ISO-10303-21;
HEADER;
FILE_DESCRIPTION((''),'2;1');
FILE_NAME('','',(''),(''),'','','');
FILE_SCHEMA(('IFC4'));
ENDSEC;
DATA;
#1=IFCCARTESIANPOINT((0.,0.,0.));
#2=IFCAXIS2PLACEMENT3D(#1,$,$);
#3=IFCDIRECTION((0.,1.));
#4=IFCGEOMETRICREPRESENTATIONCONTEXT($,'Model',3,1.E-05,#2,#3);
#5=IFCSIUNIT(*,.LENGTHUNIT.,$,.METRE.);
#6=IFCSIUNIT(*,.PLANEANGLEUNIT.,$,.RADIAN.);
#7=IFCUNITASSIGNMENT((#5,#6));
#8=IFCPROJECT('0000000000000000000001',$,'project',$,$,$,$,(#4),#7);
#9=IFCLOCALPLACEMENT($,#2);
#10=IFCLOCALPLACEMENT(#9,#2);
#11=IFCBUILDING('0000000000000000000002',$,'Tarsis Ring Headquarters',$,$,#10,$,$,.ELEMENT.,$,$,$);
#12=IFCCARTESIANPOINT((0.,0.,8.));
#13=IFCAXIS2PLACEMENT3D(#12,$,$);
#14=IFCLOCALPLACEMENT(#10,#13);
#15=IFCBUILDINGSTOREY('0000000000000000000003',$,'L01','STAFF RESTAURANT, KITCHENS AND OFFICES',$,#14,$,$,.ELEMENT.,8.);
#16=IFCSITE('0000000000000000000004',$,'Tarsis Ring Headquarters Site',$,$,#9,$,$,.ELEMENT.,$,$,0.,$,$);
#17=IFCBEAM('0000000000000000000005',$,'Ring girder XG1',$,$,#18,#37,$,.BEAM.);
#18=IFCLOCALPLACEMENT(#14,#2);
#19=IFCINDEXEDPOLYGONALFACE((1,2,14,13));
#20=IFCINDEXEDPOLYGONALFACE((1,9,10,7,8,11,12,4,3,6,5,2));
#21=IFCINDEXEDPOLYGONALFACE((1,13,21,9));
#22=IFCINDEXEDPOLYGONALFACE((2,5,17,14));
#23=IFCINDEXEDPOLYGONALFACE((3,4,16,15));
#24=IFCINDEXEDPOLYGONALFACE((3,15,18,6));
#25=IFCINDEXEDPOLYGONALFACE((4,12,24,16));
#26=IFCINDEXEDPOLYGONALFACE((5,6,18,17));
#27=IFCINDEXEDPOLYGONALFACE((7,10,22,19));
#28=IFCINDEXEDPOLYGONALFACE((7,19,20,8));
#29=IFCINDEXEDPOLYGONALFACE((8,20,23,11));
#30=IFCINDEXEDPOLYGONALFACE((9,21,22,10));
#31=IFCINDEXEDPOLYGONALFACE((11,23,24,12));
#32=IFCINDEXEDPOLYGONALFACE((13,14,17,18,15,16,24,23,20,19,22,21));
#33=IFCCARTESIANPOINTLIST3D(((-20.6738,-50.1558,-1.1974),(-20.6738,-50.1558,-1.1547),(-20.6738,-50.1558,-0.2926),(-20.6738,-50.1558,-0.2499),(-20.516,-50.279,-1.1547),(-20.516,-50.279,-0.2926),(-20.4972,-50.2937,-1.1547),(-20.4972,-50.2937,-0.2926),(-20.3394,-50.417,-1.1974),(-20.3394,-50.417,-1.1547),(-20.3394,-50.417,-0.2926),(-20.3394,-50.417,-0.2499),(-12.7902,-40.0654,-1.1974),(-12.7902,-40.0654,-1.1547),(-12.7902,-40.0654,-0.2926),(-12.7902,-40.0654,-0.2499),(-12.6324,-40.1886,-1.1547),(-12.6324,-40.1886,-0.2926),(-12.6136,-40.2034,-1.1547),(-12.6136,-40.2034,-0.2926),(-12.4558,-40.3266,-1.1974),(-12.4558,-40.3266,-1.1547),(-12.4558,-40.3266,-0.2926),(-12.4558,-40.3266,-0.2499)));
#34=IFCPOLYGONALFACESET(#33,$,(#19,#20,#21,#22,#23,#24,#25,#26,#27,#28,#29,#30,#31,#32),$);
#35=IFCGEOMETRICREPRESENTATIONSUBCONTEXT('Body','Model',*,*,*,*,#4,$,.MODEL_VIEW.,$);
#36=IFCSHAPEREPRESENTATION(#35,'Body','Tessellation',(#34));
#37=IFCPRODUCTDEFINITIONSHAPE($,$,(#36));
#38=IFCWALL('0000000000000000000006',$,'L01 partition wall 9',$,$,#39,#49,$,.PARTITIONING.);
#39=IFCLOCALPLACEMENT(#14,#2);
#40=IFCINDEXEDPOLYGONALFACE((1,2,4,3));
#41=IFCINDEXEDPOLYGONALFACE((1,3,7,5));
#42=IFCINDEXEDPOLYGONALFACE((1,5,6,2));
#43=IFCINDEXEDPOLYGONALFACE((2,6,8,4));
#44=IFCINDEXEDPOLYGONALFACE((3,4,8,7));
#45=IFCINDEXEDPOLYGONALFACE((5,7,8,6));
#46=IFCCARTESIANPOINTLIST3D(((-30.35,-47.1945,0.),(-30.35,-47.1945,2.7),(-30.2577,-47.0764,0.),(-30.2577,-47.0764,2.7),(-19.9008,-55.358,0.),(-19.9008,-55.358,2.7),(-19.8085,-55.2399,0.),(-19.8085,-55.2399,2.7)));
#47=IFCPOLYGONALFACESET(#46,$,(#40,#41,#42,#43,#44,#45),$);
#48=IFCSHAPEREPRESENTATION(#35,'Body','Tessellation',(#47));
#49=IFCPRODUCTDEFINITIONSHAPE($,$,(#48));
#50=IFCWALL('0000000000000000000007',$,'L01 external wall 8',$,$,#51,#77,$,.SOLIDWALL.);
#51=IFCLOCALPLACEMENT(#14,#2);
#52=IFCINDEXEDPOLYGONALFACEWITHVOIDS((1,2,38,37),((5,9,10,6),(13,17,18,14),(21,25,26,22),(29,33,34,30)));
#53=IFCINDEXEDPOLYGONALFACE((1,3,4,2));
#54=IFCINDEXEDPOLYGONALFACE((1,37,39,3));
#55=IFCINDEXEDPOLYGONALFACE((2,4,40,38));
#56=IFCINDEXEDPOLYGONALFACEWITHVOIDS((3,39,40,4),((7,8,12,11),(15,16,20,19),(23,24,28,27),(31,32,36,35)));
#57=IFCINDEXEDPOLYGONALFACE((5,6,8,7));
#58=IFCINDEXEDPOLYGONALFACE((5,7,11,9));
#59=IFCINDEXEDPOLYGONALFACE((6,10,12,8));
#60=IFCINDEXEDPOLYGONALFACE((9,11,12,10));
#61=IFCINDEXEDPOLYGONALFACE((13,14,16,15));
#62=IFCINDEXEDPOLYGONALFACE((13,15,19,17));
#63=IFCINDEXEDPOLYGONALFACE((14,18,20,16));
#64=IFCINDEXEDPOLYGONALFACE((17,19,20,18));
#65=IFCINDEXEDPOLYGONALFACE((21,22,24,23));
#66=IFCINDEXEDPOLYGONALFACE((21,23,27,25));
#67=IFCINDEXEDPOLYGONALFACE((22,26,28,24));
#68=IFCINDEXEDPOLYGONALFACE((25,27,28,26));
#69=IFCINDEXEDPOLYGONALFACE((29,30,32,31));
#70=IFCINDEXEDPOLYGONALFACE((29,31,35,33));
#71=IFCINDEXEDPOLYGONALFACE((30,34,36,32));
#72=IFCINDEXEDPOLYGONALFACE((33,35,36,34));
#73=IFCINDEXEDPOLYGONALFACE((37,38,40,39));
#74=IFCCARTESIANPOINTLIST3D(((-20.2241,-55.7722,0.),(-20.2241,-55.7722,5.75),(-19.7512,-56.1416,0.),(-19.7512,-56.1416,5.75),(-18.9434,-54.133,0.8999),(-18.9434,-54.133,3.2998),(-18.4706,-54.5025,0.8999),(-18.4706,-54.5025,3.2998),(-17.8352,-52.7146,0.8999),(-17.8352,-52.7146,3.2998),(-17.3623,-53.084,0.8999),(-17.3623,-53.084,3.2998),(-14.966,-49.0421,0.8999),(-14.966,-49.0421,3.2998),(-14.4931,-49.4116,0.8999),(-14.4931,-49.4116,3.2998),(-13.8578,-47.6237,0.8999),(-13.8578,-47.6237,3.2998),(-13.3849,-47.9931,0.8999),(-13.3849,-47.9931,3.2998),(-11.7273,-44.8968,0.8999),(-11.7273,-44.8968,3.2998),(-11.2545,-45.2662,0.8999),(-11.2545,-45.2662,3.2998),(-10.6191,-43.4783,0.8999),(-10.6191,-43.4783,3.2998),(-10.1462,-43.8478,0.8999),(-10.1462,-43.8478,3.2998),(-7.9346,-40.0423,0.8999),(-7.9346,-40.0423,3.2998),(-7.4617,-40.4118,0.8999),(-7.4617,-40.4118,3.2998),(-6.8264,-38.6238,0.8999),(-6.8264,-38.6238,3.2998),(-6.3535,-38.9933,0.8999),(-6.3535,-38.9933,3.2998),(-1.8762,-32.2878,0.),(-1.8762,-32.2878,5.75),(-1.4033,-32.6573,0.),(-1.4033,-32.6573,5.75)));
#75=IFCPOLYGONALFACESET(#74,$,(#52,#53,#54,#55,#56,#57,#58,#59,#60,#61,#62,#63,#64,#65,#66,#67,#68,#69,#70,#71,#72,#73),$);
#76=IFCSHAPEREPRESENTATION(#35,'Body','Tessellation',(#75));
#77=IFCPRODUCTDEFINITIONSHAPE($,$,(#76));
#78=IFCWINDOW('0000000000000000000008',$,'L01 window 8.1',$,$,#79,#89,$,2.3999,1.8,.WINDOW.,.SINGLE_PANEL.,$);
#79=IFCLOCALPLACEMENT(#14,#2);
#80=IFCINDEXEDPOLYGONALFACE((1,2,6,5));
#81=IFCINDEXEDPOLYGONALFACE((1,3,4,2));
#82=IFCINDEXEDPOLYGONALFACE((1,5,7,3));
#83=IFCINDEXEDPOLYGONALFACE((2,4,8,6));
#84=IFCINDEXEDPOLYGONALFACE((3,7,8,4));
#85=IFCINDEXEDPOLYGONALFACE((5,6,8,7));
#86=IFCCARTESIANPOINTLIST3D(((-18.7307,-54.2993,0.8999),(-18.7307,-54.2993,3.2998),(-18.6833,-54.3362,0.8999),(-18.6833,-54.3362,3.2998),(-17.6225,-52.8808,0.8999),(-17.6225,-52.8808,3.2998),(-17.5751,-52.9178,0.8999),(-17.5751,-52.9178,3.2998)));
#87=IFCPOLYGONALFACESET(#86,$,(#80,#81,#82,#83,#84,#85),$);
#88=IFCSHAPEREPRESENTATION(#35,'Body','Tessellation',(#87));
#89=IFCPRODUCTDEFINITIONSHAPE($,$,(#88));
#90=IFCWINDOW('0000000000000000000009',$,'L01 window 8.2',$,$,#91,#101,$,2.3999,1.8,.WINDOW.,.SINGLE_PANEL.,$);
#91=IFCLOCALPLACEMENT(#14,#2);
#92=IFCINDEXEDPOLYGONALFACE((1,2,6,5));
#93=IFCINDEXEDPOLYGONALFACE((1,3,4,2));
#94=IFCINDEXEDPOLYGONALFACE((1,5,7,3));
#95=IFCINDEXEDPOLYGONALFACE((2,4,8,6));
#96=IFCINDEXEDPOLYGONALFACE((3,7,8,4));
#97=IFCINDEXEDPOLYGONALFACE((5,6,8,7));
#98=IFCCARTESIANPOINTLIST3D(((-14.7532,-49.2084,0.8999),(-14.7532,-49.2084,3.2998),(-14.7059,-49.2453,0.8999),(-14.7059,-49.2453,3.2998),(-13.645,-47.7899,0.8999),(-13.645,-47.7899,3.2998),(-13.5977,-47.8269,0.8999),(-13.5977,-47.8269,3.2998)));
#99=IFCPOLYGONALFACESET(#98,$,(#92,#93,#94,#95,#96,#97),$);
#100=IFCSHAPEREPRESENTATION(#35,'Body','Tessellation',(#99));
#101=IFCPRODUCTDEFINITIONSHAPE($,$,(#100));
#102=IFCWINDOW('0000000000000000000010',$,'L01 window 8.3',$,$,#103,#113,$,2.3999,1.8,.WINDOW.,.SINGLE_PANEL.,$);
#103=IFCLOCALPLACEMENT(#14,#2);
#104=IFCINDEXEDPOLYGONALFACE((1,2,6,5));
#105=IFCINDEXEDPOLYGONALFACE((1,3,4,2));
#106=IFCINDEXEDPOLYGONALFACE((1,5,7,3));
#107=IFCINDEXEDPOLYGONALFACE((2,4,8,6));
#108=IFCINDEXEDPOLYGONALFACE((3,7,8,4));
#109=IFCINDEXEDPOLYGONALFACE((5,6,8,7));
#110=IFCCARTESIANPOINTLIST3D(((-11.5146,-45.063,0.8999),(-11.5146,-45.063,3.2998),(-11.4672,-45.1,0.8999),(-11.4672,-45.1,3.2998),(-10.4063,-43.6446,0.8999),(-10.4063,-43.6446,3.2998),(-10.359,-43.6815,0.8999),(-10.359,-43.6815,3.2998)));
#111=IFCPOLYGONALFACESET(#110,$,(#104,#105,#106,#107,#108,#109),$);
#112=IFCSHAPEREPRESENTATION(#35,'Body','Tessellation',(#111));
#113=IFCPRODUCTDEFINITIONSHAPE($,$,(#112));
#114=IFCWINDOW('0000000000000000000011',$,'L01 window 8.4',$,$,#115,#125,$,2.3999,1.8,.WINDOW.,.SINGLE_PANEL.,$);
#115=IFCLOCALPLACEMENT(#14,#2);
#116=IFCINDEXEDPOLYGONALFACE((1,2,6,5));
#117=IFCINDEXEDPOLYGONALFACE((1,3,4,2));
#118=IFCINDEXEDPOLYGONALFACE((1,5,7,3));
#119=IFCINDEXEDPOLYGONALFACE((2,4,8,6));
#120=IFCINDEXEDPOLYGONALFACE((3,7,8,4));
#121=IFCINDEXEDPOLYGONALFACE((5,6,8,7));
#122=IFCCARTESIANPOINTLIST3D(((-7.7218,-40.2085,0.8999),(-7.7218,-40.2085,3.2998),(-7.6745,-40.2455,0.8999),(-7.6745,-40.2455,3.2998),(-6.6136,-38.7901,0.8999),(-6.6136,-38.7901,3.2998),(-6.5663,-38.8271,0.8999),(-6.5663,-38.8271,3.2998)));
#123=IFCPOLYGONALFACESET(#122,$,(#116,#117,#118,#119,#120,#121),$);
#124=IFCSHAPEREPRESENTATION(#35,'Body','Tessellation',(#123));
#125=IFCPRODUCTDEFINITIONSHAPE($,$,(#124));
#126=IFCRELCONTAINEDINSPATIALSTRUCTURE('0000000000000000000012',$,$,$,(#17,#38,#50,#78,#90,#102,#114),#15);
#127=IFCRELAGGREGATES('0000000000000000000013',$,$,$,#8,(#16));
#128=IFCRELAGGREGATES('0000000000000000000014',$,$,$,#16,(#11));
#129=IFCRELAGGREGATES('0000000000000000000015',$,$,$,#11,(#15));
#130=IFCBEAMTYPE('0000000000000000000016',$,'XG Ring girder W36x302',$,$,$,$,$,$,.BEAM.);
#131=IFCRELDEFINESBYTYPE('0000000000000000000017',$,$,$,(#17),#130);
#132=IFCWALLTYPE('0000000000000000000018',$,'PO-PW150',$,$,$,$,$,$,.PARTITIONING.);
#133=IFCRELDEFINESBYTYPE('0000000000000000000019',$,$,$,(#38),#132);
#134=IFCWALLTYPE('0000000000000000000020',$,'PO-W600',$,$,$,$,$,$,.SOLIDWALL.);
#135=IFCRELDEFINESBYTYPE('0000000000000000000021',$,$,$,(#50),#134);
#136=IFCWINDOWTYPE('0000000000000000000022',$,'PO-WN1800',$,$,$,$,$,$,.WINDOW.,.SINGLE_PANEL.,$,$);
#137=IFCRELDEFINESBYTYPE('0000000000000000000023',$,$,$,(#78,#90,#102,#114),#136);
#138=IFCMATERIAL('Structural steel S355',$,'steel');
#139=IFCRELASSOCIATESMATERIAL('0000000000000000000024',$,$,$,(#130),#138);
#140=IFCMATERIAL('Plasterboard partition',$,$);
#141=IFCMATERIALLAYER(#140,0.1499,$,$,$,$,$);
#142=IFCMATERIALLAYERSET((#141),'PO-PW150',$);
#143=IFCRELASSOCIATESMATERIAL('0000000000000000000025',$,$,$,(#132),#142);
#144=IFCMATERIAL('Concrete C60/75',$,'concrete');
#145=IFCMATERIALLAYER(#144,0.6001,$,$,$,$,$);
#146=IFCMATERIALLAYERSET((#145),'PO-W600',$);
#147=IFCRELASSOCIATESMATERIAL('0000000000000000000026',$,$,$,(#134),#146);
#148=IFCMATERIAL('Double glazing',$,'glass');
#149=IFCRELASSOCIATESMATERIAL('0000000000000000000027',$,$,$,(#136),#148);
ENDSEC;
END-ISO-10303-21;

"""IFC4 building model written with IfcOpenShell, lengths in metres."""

from ifc_helpers import new_model, si_unit, direction, frame, frame_2d, origin, origin_2d, place, context, subcontext, project, spatial, rectangle, i_section, extrude, material, layer, layer_set, material_profile, profile_set, type_object, element, fill, save


model = new_model("IFC4")

# Units and contexts
model_context = context("Model", 3, precision=1e-05, world=origin(), true_north=direction((0.0, 1.0)))
body_context = subcontext(model_context, "Body", "Model", "MODEL_VIEW")
ifc_project = project(units=[si_unit("LENGTHUNIT", "METRE"), si_unit("PLANEANGLEUNIT", "RADIAN")], contexts=[model_context])

# Site, building, storey
site_placement = place(None, origin())
site = spatial("IfcSite", under=ifc_project, at=site_placement, Name="Tarsis Ring Headquarters Site", CompositionType="ELEMENT", RefElevation=0.0)
building_placement = place(site_placement, origin())
building = spatial("IfcBuilding", under=site, at=building_placement, Name="Tarsis Ring Headquarters", CompositionType="ELEMENT")
storey_placement = place(building_placement, frame((0.0, 0.0, 8.0)))
storey = spatial("IfcBuildingStorey", under=building, at=storey_placement, Name="L01", Description="STAFF RESTAURANT, KITCHENS AND OFFICES", CompositionType="ELEMENT", Elevation=8.0)

# Shared definitions
ifc_material_1 = material(Name="Concrete C60/75", Category="concrete")

# Beam
ifc_material_2 = material(Name="Structural steel S355", Category="steel")
ifc_material_profile_1 = material_profile(ifc_material_2, i_section(OverallWidth=0.4243, OverallDepth=0.9475, WebThickness=0.0239, FlangeThickness=0.0427, at=origin_2d()), Name="W36x302")
ifc_profile_set_1 = profile_set([ifc_material_profile_1], Name="Structural steel S355")
beam_type_1 = type_object("IfcBeamType", Name="XG Ring girder W36x302", PredefinedType="BEAM", material=ifc_profile_set_1)
beam_1_placement = place(storey_placement, frame((-20.5066, -50.2864, -0.7236), z_axis=(0.615667, 0.788006, 0.0), x_axis=(-0.788006, 0.615667, 0.0)))
element("IfcBeam", 1, at=beam_1_placement, inside=storey, type_object=beam_type_1, Name="Ring girder XG1", PredefinedType="BEAM", context=body_context, shape_type="SweptSolid", body=[
    extrude(i_section(OverallWidth=0.4243, OverallDepth=0.9475, WebThickness=0.0239, FlangeThickness=0.0427, at=origin_2d()), origin(), (0.0, 0.0, 1.0), 12.8049),
])

# Wall
ifc_material_3 = material(Name="Plasterboard partition")
ifc_layer_1 = layer(ifc_material_3, 0.1499)
ifc_layer_set_1 = layer_set([ifc_layer_1], Name="PO-PW150")
wall_type_1 = type_object("IfcWallType", Name="PO-PW150", PredefinedType="PARTITIONING", material=ifc_layer_set_1)
wall_1_placement = place(storey_placement, frame((-30.3037, -47.1355, 0.0), z_axis=(0.0, 0.0, 1.0), x_axis=(0.78802, -0.61565, 0.0)))
element("IfcWall", 2, at=wall_1_placement, inside=storey, type_object=wall_type_1, Name="L01 partition wall 9", PredefinedType="PARTITIONING", context=body_context, shape_type="SweptSolid", body=[
    extrude(rectangle(XDim=13.26, YDim=0.1499, at=frame_2d((6.6299, 0.0))), origin(), (0.0, 0.0, 1.0), 2.7),
])

# Wall, openings, windows
ifc_layer_2 = layer(ifc_material_1, 0.6001)
ifc_layer_set_2 = layer_set([ifc_layer_2], Name="PO-W600")
wall_type_2 = type_object("IfcWallType", Name="PO-W600", PredefinedType="SOLIDWALL", material=ifc_layer_set_2)
wall_2_placement = place(storey_placement, frame((-19.9875, -55.9568, 0.0), z_axis=(0.0, 0.0, 1.0), x_axis=(0.615659, 0.788012, 0.0)))
wall_2 = element("IfcWall", 3, at=wall_2_placement, inside=storey, type_object=wall_type_2, Name="L01 external wall 8", PredefinedType="SOLIDWALL", context=body_context, shape_type="SweptSolid", body=[
    extrude(rectangle(XDim=29.802, YDim=0.6001, at=frame_2d((14.9009, 0.0))), origin(), (0.0, 0.0, 1.0), 5.75),
])
opening_1_placement = place(wall_2_placement, frame((2.0801, 0.0, 0.8999)))
opening_1 = element("IfcOpeningElement", 4, at=opening_1_placement, cuts=wall_2, PredefinedType="OPENING", context=body_context, shape_type="SweptSolid", body=[
    extrude(rectangle(XDim=1.8, YDim=2.3999, at=frame_2d((0.8999, 1.2))), frame((0.0, 0.3101, 0.0), z_axis=(0.0, -1.0, 0.0), x_axis=(1.0, 0.0, 0.0)), (0.0, 0.0, 1.0), 0.6201),
])
opening_2_placement = place(wall_2_placement, frame((8.5405, 0.0, 0.8999)))
opening_2 = element("IfcOpeningElement", 5, at=opening_2_placement, cuts=wall_2, PredefinedType="OPENING", context=body_context, shape_type="SweptSolid", body=[
    extrude(rectangle(XDim=1.8, YDim=2.3999, at=frame_2d((0.8999, 1.2))), frame((0.0, 0.3101, 0.0), z_axis=(0.0, -1.0, 0.0), x_axis=(1.0, 0.0, 0.0)), (0.0, 0.0, 1.0), 0.6201),
])
opening_3_placement = place(wall_2_placement, frame((13.801, 0.0, 0.8999)))
opening_3 = element("IfcOpeningElement", 6, at=opening_3_placement, cuts=wall_2, PredefinedType="OPENING", context=body_context, shape_type="SweptSolid", body=[
    extrude(rectangle(XDim=1.8, YDim=2.3999, at=frame_2d((0.8999, 1.2))), frame((0.0, 0.3101, 0.0), z_axis=(0.0, -1.0, 0.0), x_axis=(1.0, 0.0, 0.0)), (0.0, 0.0, 1.0), 0.6201),
])
opening_4_placement = place(wall_2_placement, frame((19.9614, 0.0, 0.8999)))
opening_4 = element("IfcOpeningElement", 7, at=opening_4_placement, cuts=wall_2, PredefinedType="OPENING", context=body_context, shape_type="SweptSolid", body=[
    extrude(rectangle(XDim=1.8, YDim=2.3999, at=frame_2d((0.8999, 1.2))), frame((0.0, 0.3101, 0.0), z_axis=(0.0, -1.0, 0.0), x_axis=(1.0, 0.0, 0.0)), (0.0, 0.0, 1.0), 0.6201),
])
ifc_material_4 = material(Name="Double glazing", Category="glass")
window_type = type_object("IfcWindowType", Name="PO-WN1800", PartitioningType="SINGLE_PANEL", PredefinedType="WINDOW", material=ifc_material_4)
window_1_placement = place(opening_1_placement, origin())
window_1 = element("IfcWindow", 8, at=window_1_placement, inside=storey, type_object=window_type, Name="L01 window 8.1", OverallHeight=2.3999, OverallWidth=1.8, PartitioningType="SINGLE_PANEL", PredefinedType="WINDOW", context=body_context, shape_type="SweptSolid", body=[
    extrude(rectangle(XDim=1.8, YDim=2.3999, at=frame_2d((0.8999, 1.2))), frame((0.0, 0.03, 0.0), z_axis=(0.0, -1.0, 0.0), x_axis=(1.0, 0.0, 0.0)), (0.0, 0.0, 1.0), 0.0601),
])
fill(opening_1, window_1)
window_2_placement = place(opening_2_placement, origin())
window_2 = element("IfcWindow", 9, at=window_2_placement, inside=storey, type_object=window_type, Name="L01 window 8.2", OverallHeight=2.3999, OverallWidth=1.8, PartitioningType="SINGLE_PANEL", PredefinedType="WINDOW", context=body_context, shape_type="SweptSolid", body=[
    extrude(rectangle(XDim=1.8, YDim=2.3999, at=frame_2d((0.8999, 1.2))), frame((0.0, 0.03, 0.0), z_axis=(0.0, -1.0, 0.0), x_axis=(1.0, 0.0, 0.0)), (0.0, 0.0, 1.0), 0.0601),
])
fill(opening_2, window_2)
window_3_placement = place(opening_3_placement, origin())
window_3 = element("IfcWindow", 10, at=window_3_placement, inside=storey, type_object=window_type, Name="L01 window 8.3", OverallHeight=2.3999, OverallWidth=1.8, PartitioningType="SINGLE_PANEL", PredefinedType="WINDOW", context=body_context, shape_type="SweptSolid", body=[
    extrude(rectangle(XDim=1.8, YDim=2.3999, at=frame_2d((0.8999, 1.2))), frame((0.0, 0.03, 0.0), z_axis=(0.0, -1.0, 0.0), x_axis=(1.0, 0.0, 0.0)), (0.0, 0.0, 1.0), 0.0601),
])
fill(opening_3, window_3)
window_4_placement = place(opening_4_placement, origin())
window_4 = element("IfcWindow", 11, at=window_4_placement, inside=storey, type_object=window_type, Name="L01 window 8.4", OverallHeight=2.3999, OverallWidth=1.8, PartitioningType="SINGLE_PANEL", PredefinedType="WINDOW", context=body_context, shape_type="SweptSolid", body=[
    extrude(rectangle(XDim=1.8, YDim=2.3999, at=frame_2d((0.8999, 1.2))), frame((0.0, 0.03, 0.0), z_axis=(0.0, -1.0, 0.0), x_axis=(1.0, 0.0, 0.0)), (0.0, 0.0, 1.0), 0.0601),
])
fill(opening_4, window_4)

save(model, "model.ifc")
